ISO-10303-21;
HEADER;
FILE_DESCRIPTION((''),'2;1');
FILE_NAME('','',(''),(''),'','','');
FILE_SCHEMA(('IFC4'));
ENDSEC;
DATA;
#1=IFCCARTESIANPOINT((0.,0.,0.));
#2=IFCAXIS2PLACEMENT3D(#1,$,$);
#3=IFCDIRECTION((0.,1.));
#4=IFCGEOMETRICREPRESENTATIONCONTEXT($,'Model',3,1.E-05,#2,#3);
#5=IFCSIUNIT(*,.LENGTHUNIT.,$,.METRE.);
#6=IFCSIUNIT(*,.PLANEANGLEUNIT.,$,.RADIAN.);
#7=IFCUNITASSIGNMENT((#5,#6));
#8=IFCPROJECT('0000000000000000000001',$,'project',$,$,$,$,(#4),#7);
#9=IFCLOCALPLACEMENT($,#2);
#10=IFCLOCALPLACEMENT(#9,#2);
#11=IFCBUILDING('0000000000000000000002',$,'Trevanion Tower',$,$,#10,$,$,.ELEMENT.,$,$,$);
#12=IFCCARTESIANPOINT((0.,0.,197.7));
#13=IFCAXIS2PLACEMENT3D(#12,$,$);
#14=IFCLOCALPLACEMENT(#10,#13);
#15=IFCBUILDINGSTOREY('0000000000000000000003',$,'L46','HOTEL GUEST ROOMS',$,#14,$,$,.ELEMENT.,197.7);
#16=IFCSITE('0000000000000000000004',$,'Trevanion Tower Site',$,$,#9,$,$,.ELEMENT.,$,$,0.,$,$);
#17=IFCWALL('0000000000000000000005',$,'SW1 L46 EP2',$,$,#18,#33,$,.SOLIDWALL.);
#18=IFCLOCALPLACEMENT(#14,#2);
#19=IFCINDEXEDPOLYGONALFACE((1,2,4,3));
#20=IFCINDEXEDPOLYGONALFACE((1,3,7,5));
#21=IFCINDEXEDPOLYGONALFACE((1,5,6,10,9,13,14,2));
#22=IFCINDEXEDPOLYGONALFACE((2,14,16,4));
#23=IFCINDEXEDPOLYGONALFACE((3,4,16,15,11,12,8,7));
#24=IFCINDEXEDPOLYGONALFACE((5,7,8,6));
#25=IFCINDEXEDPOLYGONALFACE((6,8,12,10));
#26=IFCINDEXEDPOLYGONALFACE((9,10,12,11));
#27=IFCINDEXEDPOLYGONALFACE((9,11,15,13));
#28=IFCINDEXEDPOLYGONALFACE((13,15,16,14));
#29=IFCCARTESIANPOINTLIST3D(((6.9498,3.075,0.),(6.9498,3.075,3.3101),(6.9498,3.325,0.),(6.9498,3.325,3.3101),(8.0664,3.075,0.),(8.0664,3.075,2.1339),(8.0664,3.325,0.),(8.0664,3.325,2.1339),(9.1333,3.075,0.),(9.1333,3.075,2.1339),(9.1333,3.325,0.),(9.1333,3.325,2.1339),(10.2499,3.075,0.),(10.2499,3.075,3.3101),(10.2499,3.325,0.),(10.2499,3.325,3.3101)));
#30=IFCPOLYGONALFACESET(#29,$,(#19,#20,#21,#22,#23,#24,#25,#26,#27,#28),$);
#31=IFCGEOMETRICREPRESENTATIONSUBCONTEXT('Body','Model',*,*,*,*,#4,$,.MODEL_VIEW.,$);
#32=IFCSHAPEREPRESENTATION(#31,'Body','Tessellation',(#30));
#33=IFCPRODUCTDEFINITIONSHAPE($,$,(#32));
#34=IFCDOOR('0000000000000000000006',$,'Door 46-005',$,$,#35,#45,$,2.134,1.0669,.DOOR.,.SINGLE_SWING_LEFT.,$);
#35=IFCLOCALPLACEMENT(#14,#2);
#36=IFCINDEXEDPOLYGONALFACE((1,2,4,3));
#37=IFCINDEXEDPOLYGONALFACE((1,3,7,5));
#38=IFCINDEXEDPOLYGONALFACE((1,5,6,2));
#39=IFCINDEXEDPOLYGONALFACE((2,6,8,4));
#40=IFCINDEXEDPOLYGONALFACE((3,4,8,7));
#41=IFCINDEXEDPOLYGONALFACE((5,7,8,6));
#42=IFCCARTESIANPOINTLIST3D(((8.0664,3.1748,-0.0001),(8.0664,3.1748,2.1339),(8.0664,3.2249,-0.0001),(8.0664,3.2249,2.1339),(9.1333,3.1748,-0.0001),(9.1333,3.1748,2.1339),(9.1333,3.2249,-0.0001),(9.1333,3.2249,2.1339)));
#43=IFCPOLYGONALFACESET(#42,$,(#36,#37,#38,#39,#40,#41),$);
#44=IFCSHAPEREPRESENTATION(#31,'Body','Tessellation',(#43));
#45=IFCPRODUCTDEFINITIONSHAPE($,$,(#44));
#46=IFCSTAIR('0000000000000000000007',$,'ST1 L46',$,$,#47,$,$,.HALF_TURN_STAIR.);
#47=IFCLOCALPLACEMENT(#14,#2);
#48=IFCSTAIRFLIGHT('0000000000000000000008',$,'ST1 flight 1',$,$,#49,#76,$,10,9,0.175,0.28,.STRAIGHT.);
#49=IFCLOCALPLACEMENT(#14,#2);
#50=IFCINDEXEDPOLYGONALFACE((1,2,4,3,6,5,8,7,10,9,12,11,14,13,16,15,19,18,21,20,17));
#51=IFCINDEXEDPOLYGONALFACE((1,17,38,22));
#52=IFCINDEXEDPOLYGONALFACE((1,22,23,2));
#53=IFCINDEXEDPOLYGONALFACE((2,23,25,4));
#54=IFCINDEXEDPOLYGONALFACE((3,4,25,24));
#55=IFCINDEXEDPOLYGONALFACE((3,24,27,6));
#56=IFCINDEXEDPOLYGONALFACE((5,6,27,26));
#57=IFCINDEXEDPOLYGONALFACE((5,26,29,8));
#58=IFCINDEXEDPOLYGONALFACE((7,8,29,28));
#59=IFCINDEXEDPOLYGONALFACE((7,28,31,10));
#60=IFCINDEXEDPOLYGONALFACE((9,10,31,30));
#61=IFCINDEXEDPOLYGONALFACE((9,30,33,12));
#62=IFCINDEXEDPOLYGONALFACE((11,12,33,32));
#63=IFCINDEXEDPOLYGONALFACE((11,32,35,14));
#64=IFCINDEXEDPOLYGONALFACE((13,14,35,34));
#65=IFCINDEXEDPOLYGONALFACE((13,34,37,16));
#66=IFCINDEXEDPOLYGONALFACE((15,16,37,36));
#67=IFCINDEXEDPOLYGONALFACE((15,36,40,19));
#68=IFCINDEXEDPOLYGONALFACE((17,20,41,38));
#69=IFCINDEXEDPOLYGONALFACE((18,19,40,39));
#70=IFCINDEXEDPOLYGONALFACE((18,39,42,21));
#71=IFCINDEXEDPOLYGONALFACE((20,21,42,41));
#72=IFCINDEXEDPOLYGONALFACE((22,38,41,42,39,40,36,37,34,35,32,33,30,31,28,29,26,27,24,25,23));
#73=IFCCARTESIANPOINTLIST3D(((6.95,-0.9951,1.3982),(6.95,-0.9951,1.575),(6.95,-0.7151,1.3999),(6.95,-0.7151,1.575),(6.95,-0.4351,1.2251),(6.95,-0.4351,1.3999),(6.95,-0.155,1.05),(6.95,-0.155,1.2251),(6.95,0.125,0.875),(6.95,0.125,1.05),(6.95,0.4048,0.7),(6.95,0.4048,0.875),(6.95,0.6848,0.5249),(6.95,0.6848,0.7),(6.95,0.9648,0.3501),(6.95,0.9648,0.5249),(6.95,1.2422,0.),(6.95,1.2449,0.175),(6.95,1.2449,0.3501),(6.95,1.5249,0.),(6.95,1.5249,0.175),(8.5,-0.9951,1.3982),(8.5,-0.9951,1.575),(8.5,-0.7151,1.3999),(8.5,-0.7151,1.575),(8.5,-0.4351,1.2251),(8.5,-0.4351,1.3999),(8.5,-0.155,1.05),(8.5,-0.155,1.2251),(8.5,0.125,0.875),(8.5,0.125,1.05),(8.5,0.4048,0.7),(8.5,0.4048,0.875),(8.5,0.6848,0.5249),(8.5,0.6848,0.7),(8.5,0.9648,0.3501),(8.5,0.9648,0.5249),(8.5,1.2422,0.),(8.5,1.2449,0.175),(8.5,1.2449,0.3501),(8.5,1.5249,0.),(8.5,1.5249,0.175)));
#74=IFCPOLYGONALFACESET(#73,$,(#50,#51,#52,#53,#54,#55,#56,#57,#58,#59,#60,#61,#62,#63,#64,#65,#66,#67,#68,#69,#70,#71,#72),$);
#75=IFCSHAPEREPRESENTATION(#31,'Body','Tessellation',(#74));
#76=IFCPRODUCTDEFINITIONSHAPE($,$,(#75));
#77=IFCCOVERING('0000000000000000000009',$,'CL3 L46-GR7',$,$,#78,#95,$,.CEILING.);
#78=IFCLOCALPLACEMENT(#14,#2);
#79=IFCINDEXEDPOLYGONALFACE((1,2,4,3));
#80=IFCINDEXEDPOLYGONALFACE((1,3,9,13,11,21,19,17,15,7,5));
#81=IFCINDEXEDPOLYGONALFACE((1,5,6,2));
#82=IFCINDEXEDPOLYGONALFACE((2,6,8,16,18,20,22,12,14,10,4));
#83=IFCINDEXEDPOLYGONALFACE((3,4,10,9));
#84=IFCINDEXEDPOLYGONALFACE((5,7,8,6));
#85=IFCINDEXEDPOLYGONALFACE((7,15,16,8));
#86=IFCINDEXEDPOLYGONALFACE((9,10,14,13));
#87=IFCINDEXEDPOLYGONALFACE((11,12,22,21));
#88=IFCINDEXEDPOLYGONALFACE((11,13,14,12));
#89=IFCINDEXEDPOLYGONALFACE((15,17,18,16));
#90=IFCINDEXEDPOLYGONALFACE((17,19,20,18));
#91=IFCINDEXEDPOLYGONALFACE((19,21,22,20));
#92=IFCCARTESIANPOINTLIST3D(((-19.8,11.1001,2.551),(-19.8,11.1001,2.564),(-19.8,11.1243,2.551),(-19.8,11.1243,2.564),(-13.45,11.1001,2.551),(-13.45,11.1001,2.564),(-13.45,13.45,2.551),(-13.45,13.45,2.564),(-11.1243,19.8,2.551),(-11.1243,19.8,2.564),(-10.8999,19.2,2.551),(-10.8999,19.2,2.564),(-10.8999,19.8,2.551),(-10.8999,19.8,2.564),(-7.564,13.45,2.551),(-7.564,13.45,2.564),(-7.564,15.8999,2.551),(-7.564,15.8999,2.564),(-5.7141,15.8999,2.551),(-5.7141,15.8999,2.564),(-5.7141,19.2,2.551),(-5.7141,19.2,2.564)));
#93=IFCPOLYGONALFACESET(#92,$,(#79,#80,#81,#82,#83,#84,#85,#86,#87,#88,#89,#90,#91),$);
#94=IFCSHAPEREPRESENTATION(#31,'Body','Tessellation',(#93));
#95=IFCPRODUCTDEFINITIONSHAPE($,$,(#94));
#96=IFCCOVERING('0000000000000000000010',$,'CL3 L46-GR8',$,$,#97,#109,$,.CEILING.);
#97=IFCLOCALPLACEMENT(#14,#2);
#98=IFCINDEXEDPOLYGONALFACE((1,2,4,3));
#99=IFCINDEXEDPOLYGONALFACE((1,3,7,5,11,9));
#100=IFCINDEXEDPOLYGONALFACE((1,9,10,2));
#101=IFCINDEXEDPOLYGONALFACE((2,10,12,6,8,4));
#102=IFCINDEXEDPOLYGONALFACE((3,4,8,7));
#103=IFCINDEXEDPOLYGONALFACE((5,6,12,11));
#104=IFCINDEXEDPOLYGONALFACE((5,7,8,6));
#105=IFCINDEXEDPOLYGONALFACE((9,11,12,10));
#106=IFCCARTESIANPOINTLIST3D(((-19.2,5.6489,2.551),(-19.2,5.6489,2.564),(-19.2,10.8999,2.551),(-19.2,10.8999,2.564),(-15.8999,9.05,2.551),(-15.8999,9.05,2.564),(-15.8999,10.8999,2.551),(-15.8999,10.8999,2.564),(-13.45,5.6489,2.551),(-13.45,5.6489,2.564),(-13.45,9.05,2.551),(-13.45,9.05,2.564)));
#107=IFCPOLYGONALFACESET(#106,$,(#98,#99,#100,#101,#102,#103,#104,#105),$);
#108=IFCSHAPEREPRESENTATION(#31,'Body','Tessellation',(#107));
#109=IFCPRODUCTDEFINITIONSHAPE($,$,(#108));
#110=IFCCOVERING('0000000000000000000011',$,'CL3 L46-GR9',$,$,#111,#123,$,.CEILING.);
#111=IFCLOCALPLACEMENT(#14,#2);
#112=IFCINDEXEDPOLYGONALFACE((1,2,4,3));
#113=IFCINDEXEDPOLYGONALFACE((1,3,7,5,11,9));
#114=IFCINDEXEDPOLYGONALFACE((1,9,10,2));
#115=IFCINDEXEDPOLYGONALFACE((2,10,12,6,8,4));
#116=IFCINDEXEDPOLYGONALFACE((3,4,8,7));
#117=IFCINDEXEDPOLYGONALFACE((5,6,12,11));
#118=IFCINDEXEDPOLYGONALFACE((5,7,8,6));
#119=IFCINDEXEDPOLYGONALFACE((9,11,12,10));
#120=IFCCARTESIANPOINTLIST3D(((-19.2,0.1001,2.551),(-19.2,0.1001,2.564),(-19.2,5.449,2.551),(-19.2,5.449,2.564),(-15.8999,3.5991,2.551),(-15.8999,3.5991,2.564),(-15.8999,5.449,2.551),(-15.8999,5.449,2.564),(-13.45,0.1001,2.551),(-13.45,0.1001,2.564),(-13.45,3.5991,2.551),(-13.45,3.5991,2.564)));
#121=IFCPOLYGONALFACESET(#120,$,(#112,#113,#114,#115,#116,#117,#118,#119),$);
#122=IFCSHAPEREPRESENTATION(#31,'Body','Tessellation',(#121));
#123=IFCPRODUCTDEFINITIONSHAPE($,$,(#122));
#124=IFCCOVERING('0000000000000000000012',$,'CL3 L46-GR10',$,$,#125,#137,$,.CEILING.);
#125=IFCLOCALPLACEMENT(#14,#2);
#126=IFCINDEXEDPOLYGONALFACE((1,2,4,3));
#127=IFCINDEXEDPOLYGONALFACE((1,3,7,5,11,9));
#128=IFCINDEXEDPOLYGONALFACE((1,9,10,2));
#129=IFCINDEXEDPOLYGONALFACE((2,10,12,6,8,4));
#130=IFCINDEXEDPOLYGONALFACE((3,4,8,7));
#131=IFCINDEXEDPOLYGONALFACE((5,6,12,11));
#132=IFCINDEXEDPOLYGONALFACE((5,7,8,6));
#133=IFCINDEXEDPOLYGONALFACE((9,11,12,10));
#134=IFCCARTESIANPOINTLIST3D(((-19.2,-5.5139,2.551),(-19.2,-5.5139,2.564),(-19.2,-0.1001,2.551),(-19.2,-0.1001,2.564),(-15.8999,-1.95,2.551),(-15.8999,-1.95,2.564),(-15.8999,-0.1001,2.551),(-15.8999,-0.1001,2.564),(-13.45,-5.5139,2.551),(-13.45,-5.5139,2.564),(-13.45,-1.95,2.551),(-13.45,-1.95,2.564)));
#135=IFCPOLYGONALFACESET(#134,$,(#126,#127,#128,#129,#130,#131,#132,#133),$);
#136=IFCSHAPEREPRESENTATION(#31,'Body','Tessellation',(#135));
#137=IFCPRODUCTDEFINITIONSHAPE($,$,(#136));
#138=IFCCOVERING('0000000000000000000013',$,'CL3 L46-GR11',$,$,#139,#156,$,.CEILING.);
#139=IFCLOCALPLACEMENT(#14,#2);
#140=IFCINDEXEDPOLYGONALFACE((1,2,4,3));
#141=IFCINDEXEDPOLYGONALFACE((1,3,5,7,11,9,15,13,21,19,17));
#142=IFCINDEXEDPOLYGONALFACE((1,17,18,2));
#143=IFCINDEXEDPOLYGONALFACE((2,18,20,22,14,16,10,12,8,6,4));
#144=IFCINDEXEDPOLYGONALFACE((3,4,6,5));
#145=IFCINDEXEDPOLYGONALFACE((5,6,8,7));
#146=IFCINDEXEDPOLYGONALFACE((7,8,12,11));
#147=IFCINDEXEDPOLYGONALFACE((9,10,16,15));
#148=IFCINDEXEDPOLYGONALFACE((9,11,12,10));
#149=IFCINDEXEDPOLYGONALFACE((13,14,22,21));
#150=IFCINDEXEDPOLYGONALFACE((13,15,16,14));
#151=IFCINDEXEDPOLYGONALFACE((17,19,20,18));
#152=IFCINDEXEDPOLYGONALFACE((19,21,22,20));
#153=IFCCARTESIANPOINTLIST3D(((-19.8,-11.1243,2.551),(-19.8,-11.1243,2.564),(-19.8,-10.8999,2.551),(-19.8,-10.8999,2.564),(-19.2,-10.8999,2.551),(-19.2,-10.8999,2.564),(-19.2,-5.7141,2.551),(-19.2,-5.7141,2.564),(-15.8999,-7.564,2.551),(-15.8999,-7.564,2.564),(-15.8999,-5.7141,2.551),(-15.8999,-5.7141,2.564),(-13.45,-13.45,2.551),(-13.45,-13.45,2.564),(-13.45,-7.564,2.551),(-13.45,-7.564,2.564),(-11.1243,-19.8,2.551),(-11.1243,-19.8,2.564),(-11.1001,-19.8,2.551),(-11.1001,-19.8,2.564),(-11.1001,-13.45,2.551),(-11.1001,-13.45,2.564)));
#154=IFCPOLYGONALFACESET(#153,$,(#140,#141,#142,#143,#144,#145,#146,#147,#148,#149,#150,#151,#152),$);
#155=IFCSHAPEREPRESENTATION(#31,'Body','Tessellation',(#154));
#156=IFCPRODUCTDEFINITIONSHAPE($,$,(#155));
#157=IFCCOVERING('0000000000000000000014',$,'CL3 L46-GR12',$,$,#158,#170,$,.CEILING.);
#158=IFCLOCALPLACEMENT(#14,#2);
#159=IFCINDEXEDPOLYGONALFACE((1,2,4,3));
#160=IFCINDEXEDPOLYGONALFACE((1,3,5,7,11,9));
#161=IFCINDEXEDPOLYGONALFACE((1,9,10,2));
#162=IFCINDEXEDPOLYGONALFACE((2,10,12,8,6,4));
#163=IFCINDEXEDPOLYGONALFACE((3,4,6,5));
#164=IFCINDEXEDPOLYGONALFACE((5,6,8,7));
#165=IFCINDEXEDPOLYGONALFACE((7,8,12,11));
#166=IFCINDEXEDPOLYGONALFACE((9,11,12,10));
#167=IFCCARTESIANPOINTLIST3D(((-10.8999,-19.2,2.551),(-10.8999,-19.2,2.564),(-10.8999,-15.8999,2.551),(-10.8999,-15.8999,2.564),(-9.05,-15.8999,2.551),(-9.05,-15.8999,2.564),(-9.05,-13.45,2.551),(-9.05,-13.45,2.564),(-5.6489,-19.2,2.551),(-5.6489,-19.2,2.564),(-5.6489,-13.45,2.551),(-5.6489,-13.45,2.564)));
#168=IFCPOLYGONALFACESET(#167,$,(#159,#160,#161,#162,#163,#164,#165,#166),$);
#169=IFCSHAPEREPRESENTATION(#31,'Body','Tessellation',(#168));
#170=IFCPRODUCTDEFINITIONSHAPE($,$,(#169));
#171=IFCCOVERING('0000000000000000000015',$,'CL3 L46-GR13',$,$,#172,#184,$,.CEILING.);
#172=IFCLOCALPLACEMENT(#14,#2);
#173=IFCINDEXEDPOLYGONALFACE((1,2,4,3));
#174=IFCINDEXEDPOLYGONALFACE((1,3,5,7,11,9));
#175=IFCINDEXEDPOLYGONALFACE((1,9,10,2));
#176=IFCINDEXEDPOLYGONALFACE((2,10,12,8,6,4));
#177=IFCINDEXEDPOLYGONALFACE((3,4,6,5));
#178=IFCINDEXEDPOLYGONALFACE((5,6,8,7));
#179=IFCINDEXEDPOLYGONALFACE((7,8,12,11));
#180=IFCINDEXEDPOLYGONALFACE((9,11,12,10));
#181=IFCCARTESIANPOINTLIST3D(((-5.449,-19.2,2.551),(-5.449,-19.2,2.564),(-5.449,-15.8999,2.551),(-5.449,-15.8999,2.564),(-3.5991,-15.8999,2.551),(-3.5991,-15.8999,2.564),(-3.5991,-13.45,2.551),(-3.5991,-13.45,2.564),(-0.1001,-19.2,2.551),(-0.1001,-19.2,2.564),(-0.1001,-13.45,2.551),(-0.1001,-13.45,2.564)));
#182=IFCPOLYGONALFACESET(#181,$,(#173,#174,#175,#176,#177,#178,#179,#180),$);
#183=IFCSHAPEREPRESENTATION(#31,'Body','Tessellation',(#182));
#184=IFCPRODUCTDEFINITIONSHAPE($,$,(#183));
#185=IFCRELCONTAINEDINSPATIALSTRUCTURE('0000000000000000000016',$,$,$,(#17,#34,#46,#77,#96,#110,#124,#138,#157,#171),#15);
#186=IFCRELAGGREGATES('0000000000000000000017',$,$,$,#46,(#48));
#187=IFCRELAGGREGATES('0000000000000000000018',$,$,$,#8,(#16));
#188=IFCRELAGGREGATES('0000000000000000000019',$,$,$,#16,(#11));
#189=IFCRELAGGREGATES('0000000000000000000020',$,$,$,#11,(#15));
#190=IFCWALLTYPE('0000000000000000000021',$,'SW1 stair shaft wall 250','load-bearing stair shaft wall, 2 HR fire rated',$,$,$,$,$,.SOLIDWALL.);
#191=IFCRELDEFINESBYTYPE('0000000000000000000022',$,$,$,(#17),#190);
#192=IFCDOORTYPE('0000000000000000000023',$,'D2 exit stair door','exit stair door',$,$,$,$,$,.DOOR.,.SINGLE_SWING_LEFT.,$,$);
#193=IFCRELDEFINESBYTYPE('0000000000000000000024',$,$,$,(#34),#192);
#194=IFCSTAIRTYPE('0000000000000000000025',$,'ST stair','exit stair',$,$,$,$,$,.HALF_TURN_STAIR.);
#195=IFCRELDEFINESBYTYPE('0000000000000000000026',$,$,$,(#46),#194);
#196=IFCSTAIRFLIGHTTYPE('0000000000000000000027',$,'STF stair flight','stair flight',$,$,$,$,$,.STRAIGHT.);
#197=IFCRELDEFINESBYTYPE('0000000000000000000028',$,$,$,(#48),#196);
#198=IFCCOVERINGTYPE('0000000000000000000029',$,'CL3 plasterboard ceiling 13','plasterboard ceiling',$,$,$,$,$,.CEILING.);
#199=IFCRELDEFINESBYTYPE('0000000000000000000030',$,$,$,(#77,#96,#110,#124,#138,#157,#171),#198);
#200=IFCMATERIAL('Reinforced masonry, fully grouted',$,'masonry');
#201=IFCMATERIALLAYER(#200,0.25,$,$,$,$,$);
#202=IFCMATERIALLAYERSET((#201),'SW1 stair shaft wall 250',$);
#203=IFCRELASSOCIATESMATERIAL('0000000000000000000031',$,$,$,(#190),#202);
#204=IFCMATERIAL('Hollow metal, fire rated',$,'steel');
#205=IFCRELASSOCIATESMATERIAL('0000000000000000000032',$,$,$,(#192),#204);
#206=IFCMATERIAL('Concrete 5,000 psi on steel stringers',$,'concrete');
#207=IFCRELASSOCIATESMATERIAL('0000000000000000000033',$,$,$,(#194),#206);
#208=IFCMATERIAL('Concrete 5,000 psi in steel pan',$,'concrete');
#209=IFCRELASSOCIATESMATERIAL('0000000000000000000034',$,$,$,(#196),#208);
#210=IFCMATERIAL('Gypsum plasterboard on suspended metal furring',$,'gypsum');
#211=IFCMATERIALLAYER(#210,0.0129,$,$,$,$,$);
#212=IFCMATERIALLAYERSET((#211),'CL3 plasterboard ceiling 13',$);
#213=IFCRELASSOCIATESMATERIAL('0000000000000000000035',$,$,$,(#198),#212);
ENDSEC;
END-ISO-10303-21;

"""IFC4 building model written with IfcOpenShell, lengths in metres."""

from ifc_helpers import new_model, si_unit, direction, frame, frame_2d, origin, place, context, subcontext, project, spatial, polyline, rectangle, outline, extrude, material, layer, layer_set, type_object, element, fill, aggregate, save


model = new_model("IFC4")

# Units and contexts
model_context = context("Model", 3, precision=1e-05, world=origin(), true_north=direction((0.0, 1.0)))
body_context = subcontext(model_context, "Body", "Model", "MODEL_VIEW")
ifc_project = project(units=[si_unit("LENGTHUNIT", "METRE"), si_unit("PLANEANGLEUNIT", "RADIAN")], contexts=[model_context])

# Site, building, storey
site_placement = place(None, origin())
site = spatial("IfcSite", under=ifc_project, at=site_placement, Name="Trevanion Tower Site", CompositionType="ELEMENT", RefElevation=0.0)
building_placement = place(site_placement, origin())
building = spatial("IfcBuilding", under=site, at=building_placement, Name="Trevanion Tower", CompositionType="ELEMENT")
storey_placement = place(building_placement, frame((0.0, 0.0, 197.7)))
storey = spatial("IfcBuildingStorey", under=building, at=storey_placement, Name="L46", Description="HOTEL GUEST ROOMS", CompositionType="ELEMENT", Elevation=197.7)

# Wall, opening, door
ifc_material_1 = material(Name="Reinforced masonry, fully grouted", Category="masonry")
ifc_layer_1 = layer(ifc_material_1, 0.25)
ifc_layer_set_1 = layer_set([ifc_layer_1], Name="SW1 stair shaft wall 250")
wall_type_1 = type_object("IfcWallType", Name="SW1 stair shaft wall 250", Description="load-bearing stair shaft wall, 2 HR fire rated", PredefinedType="SOLIDWALL", material=ifc_layer_set_1)
wall_1_placement = place(storey_placement, frame((6.95, 3.2, 0.0), z_axis=(0.0, 0.0, 1.0), x_axis=(1.0, 0.0, 0.0)))
wall_1 = element("IfcWall", 1, at=wall_1_placement, inside=storey, type_object=wall_type_1, Name="SW1 L46 EP2", PredefinedType="SOLIDWALL", context=body_context, shape_type="SweptSolid", body=[
    extrude(rectangle(XDim=3.3, YDim=0.25, at=frame_2d((1.6499, 0.0))), origin(), (0.0, 0.0, 1.0), 3.3101),
])
opening_1_placement = place(wall_1_placement, frame((1.1165, 0.0, 0.0)))
opening_1 = element("IfcOpeningElement", 2, at=opening_1_placement, cuts=wall_1, PredefinedType="OPENING", context=body_context, shape_type="SweptSolid", body=[
    extrude(rectangle(XDim=1.0669, YDim=2.134, at=frame_2d((0.5334, 1.0669))), frame((0.0, 0.135, 0.0), z_axis=(0.0, -1.0, 0.0), x_axis=(1.0, 0.0, 0.0)), (0.0, 0.0, 1.0), 0.27),
])
ifc_material_2 = material(Name="Hollow metal, fire rated", Category="steel")
door_type_1 = type_object("IfcDoorType", Name="D2 exit stair door", Description="exit stair door", OperationType="SINGLE_SWING_LEFT", PredefinedType="DOOR", material=ifc_material_2)
door_1_placement = place(opening_1_placement, origin())
door_1 = element("IfcDoor", 3, at=door_1_placement, inside=storey, type_object=door_type_1, Name="Door 46-005", OperationType="SINGLE_SWING_LEFT", OverallHeight=2.134, OverallWidth=1.0669, PredefinedType="DOOR", context=body_context, shape_type="SweptSolid", body=[
    extrude(rectangle(XDim=1.0669, YDim=2.134, at=frame_2d((0.5334, 1.0669))), frame((0.0, 0.0249, 0.0), z_axis=(0.0, -1.0, 0.0), x_axis=(1.0, 0.0, 0.0)), (0.0, 0.0, 1.0), 0.05),
])
fill(opening_1, door_1)

# Stair, stair flight
ifc_material_3 = material(Name="Concrete 5,000 psi on steel stringers", Category="concrete")
stair_type = type_object("IfcStairType", Name="ST stair", Description="exit stair", PredefinedType="HALF_TURN_STAIR", material=ifc_material_3)
stair_placement = place(storey_placement, origin())
stair = element("IfcStair", 4, at=stair_placement, inside=storey, type_object=stair_type, Name="ST1 L46", PredefinedType="HALF_TURN_STAIR")
ifc_material_4 = material(Name="Concrete 5,000 psi in steel pan", Category="concrete")
stair_flight_type = type_object("IfcStairFlightType", Name="STF stair flight", Description="stair flight", PredefinedType="STRAIGHT", material=ifc_material_4)
stair_flight_placement = place(storey_placement, frame((7.7251, 1.5249, 0.0), z_axis=(0.0, 0.0, 1.0), x_axis=(0.0, -1.0, 0.0)))
stair_flight = element("IfcStairFlight", 5, at=stair_flight_placement, type_object=stair_flight_type, Name="ST1 flight 1", NumberOfRisers=10, NumberOfTreads=9, PredefinedType="STRAIGHT", RiserHeight=0.175, TreadLength=0.28, context=body_context, shape_type="SweptSolid", body=[
    extrude(outline(polyline([(0.0, 0.0), (0.0, 0.175), (0.28, 0.175), (0.28, 0.3501), (0.5601, 0.3501), (0.5601, 0.5249), (0.8401, 0.5249), (0.8401, 0.7), (1.1201, 0.7), (1.1201, 0.875), (1.3999, 0.875), (1.3999, 1.05), (1.6799, 1.05), (1.6799, 1.2251), (1.96, 1.2251), (1.96, 1.3999), (2.24, 1.3999), (2.24, 1.575), (2.52, 1.575), (2.52, 1.75), (2.52, 1.3982), (0.2827, 0.0), (0.0, 0.0)])), frame((0.0, 0.7749, 0.0), z_axis=(0.0, -1.0, 0.0), x_axis=(1.0, 0.0, 0.0)), (0.0, 0.0, 1.0), 1.55),
])
aggregate(stair, [stair_flight])

# Coverings
ifc_material_5 = material(Name="Gypsum plasterboard on suspended metal furring", Category="gypsum")
ifc_layer_2 = layer(ifc_material_5, 0.0129)
ifc_layer_set_2 = layer_set([ifc_layer_2], Name="CL3 plasterboard ceiling 13")
covering_type_1 = type_object("IfcCoveringType", Name="CL3 plasterboard ceiling 13", Description="plasterboard ceiling", PredefinedType="CEILING", material=ifc_layer_set_2)
covering_1_placement = place(storey_placement, frame((0.0, 0.0, 2.551)))
element("IfcCovering", 6, at=covering_1_placement, inside=storey, type_object=covering_type_1, Name="CL3 L46-GR7", PredefinedType="CEILING", context=body_context, shape_type="SweptSolid", body=[
    extrude(outline(polyline([(-13.45, 11.1001), (-19.8, 11.1001), (-19.8, 11.1243), (-11.1243, 19.8), (-10.8999, 19.8), (-10.8999, 19.2), (-5.7141, 19.2), (-5.7141, 15.8999), (-7.564, 15.8999), (-7.564, 13.45), (-13.45, 13.45), (-13.45, 11.1001)])), origin(), (0.0, 0.0, 1.0), 0.0129),
])
covering_2_placement = place(storey_placement, frame((0.0, 0.0, 2.551)))
element("IfcCovering", 7, at=covering_2_placement, inside=storey, type_object=covering_type_1, Name="CL3 L46-GR8", PredefinedType="CEILING", context=body_context, shape_type="SweptSolid", body=[
    extrude(outline(polyline([(-13.45, 5.6489), (-19.2, 5.6489), (-19.2, 10.8999), (-15.8999, 10.8999), (-15.8999, 9.05), (-13.45, 9.05), (-13.45, 5.6489)])), origin(), (0.0, 0.0, 1.0), 0.0129),
])
covering_3_placement = place(storey_placement, frame((0.0, 0.0, 2.551)))
element("IfcCovering", 8, at=covering_3_placement, inside=storey, type_object=covering_type_1, Name="CL3 L46-GR9", PredefinedType="CEILING", context=body_context, shape_type="SweptSolid", body=[
    extrude(outline(polyline([(-13.45, 0.1001), (-19.2, 0.1001), (-19.2, 5.449), (-15.8999, 5.449), (-15.8999, 3.5991), (-13.45, 3.5991), (-13.45, 0.1001)])), origin(), (0.0, 0.0, 1.0), 0.0129),
])
covering_4_placement = place(storey_placement, frame((0.0, 0.0, 2.551)))
element("IfcCovering", 9, at=covering_4_placement, inside=storey, type_object=covering_type_1, Name="CL3 L46-GR10", PredefinedType="CEILING", context=body_context, shape_type="SweptSolid", body=[
    extrude(outline(polyline([(-13.45, -5.5139), (-19.2, -5.5139), (-19.2, -0.1001), (-15.8999, -0.1001), (-15.8999, -1.95), (-13.45, -1.95), (-13.45, -5.5139)])), origin(), (0.0, 0.0, 1.0), 0.0129),
])
covering_5_placement = place(storey_placement, frame((0.0, 0.0, 2.551)))
element("IfcCovering", 10, at=covering_5_placement, inside=storey, type_object=covering_type_1, Name="CL3 L46-GR11", PredefinedType="CEILING", context=body_context, shape_type="SweptSolid", body=[
    extrude(outline(polyline([(-11.1001, -13.45), (-11.1001, -19.8), (-11.1243, -19.8), (-19.8, -11.1243), (-19.8, -10.8999), (-19.2, -10.8999), (-19.2, -5.7141), (-15.8999, -5.7141), (-15.8999, -7.564), (-13.45, -7.564), (-13.45, -13.45), (-11.1001, -13.45)])), origin(), (0.0, 0.0, 1.0), 0.0129),
])
covering_6_placement = place(storey_placement, frame((0.0, 0.0, 2.551)))
element("IfcCovering", 11, at=covering_6_placement, inside=storey, type_object=covering_type_1, Name="CL3 L46-GR12", PredefinedType="CEILING", context=body_context, shape_type="SweptSolid", body=[
    extrude(outline(polyline([(-5.6489, -13.45), (-5.6489, -19.2), (-10.8999, -19.2), (-10.8999, -15.8999), (-9.05, -15.8999), (-9.05, -13.45), (-5.6489, -13.45)])), origin(), (0.0, 0.0, 1.0), 0.0129),
])
covering_7_placement = place(storey_placement, frame((0.0, 0.0, 2.551)))
element("IfcCovering", 12, at=covering_7_placement, inside=storey, type_object=covering_type_1, Name="CL3 L46-GR13", PredefinedType="CEILING", context=body_context, shape_type="SweptSolid", body=[
    extrude(outline(polyline([(-0.1001, -13.45), (-0.1001, -19.2), (-5.449, -19.2), (-5.449, -15.8999), (-3.5991, -15.8999), (-3.5991, -13.45), (-0.1001, -13.45)])), origin(), (0.0, 0.0, 1.0), 0.0129),
])

save(model, "model.ifc")
